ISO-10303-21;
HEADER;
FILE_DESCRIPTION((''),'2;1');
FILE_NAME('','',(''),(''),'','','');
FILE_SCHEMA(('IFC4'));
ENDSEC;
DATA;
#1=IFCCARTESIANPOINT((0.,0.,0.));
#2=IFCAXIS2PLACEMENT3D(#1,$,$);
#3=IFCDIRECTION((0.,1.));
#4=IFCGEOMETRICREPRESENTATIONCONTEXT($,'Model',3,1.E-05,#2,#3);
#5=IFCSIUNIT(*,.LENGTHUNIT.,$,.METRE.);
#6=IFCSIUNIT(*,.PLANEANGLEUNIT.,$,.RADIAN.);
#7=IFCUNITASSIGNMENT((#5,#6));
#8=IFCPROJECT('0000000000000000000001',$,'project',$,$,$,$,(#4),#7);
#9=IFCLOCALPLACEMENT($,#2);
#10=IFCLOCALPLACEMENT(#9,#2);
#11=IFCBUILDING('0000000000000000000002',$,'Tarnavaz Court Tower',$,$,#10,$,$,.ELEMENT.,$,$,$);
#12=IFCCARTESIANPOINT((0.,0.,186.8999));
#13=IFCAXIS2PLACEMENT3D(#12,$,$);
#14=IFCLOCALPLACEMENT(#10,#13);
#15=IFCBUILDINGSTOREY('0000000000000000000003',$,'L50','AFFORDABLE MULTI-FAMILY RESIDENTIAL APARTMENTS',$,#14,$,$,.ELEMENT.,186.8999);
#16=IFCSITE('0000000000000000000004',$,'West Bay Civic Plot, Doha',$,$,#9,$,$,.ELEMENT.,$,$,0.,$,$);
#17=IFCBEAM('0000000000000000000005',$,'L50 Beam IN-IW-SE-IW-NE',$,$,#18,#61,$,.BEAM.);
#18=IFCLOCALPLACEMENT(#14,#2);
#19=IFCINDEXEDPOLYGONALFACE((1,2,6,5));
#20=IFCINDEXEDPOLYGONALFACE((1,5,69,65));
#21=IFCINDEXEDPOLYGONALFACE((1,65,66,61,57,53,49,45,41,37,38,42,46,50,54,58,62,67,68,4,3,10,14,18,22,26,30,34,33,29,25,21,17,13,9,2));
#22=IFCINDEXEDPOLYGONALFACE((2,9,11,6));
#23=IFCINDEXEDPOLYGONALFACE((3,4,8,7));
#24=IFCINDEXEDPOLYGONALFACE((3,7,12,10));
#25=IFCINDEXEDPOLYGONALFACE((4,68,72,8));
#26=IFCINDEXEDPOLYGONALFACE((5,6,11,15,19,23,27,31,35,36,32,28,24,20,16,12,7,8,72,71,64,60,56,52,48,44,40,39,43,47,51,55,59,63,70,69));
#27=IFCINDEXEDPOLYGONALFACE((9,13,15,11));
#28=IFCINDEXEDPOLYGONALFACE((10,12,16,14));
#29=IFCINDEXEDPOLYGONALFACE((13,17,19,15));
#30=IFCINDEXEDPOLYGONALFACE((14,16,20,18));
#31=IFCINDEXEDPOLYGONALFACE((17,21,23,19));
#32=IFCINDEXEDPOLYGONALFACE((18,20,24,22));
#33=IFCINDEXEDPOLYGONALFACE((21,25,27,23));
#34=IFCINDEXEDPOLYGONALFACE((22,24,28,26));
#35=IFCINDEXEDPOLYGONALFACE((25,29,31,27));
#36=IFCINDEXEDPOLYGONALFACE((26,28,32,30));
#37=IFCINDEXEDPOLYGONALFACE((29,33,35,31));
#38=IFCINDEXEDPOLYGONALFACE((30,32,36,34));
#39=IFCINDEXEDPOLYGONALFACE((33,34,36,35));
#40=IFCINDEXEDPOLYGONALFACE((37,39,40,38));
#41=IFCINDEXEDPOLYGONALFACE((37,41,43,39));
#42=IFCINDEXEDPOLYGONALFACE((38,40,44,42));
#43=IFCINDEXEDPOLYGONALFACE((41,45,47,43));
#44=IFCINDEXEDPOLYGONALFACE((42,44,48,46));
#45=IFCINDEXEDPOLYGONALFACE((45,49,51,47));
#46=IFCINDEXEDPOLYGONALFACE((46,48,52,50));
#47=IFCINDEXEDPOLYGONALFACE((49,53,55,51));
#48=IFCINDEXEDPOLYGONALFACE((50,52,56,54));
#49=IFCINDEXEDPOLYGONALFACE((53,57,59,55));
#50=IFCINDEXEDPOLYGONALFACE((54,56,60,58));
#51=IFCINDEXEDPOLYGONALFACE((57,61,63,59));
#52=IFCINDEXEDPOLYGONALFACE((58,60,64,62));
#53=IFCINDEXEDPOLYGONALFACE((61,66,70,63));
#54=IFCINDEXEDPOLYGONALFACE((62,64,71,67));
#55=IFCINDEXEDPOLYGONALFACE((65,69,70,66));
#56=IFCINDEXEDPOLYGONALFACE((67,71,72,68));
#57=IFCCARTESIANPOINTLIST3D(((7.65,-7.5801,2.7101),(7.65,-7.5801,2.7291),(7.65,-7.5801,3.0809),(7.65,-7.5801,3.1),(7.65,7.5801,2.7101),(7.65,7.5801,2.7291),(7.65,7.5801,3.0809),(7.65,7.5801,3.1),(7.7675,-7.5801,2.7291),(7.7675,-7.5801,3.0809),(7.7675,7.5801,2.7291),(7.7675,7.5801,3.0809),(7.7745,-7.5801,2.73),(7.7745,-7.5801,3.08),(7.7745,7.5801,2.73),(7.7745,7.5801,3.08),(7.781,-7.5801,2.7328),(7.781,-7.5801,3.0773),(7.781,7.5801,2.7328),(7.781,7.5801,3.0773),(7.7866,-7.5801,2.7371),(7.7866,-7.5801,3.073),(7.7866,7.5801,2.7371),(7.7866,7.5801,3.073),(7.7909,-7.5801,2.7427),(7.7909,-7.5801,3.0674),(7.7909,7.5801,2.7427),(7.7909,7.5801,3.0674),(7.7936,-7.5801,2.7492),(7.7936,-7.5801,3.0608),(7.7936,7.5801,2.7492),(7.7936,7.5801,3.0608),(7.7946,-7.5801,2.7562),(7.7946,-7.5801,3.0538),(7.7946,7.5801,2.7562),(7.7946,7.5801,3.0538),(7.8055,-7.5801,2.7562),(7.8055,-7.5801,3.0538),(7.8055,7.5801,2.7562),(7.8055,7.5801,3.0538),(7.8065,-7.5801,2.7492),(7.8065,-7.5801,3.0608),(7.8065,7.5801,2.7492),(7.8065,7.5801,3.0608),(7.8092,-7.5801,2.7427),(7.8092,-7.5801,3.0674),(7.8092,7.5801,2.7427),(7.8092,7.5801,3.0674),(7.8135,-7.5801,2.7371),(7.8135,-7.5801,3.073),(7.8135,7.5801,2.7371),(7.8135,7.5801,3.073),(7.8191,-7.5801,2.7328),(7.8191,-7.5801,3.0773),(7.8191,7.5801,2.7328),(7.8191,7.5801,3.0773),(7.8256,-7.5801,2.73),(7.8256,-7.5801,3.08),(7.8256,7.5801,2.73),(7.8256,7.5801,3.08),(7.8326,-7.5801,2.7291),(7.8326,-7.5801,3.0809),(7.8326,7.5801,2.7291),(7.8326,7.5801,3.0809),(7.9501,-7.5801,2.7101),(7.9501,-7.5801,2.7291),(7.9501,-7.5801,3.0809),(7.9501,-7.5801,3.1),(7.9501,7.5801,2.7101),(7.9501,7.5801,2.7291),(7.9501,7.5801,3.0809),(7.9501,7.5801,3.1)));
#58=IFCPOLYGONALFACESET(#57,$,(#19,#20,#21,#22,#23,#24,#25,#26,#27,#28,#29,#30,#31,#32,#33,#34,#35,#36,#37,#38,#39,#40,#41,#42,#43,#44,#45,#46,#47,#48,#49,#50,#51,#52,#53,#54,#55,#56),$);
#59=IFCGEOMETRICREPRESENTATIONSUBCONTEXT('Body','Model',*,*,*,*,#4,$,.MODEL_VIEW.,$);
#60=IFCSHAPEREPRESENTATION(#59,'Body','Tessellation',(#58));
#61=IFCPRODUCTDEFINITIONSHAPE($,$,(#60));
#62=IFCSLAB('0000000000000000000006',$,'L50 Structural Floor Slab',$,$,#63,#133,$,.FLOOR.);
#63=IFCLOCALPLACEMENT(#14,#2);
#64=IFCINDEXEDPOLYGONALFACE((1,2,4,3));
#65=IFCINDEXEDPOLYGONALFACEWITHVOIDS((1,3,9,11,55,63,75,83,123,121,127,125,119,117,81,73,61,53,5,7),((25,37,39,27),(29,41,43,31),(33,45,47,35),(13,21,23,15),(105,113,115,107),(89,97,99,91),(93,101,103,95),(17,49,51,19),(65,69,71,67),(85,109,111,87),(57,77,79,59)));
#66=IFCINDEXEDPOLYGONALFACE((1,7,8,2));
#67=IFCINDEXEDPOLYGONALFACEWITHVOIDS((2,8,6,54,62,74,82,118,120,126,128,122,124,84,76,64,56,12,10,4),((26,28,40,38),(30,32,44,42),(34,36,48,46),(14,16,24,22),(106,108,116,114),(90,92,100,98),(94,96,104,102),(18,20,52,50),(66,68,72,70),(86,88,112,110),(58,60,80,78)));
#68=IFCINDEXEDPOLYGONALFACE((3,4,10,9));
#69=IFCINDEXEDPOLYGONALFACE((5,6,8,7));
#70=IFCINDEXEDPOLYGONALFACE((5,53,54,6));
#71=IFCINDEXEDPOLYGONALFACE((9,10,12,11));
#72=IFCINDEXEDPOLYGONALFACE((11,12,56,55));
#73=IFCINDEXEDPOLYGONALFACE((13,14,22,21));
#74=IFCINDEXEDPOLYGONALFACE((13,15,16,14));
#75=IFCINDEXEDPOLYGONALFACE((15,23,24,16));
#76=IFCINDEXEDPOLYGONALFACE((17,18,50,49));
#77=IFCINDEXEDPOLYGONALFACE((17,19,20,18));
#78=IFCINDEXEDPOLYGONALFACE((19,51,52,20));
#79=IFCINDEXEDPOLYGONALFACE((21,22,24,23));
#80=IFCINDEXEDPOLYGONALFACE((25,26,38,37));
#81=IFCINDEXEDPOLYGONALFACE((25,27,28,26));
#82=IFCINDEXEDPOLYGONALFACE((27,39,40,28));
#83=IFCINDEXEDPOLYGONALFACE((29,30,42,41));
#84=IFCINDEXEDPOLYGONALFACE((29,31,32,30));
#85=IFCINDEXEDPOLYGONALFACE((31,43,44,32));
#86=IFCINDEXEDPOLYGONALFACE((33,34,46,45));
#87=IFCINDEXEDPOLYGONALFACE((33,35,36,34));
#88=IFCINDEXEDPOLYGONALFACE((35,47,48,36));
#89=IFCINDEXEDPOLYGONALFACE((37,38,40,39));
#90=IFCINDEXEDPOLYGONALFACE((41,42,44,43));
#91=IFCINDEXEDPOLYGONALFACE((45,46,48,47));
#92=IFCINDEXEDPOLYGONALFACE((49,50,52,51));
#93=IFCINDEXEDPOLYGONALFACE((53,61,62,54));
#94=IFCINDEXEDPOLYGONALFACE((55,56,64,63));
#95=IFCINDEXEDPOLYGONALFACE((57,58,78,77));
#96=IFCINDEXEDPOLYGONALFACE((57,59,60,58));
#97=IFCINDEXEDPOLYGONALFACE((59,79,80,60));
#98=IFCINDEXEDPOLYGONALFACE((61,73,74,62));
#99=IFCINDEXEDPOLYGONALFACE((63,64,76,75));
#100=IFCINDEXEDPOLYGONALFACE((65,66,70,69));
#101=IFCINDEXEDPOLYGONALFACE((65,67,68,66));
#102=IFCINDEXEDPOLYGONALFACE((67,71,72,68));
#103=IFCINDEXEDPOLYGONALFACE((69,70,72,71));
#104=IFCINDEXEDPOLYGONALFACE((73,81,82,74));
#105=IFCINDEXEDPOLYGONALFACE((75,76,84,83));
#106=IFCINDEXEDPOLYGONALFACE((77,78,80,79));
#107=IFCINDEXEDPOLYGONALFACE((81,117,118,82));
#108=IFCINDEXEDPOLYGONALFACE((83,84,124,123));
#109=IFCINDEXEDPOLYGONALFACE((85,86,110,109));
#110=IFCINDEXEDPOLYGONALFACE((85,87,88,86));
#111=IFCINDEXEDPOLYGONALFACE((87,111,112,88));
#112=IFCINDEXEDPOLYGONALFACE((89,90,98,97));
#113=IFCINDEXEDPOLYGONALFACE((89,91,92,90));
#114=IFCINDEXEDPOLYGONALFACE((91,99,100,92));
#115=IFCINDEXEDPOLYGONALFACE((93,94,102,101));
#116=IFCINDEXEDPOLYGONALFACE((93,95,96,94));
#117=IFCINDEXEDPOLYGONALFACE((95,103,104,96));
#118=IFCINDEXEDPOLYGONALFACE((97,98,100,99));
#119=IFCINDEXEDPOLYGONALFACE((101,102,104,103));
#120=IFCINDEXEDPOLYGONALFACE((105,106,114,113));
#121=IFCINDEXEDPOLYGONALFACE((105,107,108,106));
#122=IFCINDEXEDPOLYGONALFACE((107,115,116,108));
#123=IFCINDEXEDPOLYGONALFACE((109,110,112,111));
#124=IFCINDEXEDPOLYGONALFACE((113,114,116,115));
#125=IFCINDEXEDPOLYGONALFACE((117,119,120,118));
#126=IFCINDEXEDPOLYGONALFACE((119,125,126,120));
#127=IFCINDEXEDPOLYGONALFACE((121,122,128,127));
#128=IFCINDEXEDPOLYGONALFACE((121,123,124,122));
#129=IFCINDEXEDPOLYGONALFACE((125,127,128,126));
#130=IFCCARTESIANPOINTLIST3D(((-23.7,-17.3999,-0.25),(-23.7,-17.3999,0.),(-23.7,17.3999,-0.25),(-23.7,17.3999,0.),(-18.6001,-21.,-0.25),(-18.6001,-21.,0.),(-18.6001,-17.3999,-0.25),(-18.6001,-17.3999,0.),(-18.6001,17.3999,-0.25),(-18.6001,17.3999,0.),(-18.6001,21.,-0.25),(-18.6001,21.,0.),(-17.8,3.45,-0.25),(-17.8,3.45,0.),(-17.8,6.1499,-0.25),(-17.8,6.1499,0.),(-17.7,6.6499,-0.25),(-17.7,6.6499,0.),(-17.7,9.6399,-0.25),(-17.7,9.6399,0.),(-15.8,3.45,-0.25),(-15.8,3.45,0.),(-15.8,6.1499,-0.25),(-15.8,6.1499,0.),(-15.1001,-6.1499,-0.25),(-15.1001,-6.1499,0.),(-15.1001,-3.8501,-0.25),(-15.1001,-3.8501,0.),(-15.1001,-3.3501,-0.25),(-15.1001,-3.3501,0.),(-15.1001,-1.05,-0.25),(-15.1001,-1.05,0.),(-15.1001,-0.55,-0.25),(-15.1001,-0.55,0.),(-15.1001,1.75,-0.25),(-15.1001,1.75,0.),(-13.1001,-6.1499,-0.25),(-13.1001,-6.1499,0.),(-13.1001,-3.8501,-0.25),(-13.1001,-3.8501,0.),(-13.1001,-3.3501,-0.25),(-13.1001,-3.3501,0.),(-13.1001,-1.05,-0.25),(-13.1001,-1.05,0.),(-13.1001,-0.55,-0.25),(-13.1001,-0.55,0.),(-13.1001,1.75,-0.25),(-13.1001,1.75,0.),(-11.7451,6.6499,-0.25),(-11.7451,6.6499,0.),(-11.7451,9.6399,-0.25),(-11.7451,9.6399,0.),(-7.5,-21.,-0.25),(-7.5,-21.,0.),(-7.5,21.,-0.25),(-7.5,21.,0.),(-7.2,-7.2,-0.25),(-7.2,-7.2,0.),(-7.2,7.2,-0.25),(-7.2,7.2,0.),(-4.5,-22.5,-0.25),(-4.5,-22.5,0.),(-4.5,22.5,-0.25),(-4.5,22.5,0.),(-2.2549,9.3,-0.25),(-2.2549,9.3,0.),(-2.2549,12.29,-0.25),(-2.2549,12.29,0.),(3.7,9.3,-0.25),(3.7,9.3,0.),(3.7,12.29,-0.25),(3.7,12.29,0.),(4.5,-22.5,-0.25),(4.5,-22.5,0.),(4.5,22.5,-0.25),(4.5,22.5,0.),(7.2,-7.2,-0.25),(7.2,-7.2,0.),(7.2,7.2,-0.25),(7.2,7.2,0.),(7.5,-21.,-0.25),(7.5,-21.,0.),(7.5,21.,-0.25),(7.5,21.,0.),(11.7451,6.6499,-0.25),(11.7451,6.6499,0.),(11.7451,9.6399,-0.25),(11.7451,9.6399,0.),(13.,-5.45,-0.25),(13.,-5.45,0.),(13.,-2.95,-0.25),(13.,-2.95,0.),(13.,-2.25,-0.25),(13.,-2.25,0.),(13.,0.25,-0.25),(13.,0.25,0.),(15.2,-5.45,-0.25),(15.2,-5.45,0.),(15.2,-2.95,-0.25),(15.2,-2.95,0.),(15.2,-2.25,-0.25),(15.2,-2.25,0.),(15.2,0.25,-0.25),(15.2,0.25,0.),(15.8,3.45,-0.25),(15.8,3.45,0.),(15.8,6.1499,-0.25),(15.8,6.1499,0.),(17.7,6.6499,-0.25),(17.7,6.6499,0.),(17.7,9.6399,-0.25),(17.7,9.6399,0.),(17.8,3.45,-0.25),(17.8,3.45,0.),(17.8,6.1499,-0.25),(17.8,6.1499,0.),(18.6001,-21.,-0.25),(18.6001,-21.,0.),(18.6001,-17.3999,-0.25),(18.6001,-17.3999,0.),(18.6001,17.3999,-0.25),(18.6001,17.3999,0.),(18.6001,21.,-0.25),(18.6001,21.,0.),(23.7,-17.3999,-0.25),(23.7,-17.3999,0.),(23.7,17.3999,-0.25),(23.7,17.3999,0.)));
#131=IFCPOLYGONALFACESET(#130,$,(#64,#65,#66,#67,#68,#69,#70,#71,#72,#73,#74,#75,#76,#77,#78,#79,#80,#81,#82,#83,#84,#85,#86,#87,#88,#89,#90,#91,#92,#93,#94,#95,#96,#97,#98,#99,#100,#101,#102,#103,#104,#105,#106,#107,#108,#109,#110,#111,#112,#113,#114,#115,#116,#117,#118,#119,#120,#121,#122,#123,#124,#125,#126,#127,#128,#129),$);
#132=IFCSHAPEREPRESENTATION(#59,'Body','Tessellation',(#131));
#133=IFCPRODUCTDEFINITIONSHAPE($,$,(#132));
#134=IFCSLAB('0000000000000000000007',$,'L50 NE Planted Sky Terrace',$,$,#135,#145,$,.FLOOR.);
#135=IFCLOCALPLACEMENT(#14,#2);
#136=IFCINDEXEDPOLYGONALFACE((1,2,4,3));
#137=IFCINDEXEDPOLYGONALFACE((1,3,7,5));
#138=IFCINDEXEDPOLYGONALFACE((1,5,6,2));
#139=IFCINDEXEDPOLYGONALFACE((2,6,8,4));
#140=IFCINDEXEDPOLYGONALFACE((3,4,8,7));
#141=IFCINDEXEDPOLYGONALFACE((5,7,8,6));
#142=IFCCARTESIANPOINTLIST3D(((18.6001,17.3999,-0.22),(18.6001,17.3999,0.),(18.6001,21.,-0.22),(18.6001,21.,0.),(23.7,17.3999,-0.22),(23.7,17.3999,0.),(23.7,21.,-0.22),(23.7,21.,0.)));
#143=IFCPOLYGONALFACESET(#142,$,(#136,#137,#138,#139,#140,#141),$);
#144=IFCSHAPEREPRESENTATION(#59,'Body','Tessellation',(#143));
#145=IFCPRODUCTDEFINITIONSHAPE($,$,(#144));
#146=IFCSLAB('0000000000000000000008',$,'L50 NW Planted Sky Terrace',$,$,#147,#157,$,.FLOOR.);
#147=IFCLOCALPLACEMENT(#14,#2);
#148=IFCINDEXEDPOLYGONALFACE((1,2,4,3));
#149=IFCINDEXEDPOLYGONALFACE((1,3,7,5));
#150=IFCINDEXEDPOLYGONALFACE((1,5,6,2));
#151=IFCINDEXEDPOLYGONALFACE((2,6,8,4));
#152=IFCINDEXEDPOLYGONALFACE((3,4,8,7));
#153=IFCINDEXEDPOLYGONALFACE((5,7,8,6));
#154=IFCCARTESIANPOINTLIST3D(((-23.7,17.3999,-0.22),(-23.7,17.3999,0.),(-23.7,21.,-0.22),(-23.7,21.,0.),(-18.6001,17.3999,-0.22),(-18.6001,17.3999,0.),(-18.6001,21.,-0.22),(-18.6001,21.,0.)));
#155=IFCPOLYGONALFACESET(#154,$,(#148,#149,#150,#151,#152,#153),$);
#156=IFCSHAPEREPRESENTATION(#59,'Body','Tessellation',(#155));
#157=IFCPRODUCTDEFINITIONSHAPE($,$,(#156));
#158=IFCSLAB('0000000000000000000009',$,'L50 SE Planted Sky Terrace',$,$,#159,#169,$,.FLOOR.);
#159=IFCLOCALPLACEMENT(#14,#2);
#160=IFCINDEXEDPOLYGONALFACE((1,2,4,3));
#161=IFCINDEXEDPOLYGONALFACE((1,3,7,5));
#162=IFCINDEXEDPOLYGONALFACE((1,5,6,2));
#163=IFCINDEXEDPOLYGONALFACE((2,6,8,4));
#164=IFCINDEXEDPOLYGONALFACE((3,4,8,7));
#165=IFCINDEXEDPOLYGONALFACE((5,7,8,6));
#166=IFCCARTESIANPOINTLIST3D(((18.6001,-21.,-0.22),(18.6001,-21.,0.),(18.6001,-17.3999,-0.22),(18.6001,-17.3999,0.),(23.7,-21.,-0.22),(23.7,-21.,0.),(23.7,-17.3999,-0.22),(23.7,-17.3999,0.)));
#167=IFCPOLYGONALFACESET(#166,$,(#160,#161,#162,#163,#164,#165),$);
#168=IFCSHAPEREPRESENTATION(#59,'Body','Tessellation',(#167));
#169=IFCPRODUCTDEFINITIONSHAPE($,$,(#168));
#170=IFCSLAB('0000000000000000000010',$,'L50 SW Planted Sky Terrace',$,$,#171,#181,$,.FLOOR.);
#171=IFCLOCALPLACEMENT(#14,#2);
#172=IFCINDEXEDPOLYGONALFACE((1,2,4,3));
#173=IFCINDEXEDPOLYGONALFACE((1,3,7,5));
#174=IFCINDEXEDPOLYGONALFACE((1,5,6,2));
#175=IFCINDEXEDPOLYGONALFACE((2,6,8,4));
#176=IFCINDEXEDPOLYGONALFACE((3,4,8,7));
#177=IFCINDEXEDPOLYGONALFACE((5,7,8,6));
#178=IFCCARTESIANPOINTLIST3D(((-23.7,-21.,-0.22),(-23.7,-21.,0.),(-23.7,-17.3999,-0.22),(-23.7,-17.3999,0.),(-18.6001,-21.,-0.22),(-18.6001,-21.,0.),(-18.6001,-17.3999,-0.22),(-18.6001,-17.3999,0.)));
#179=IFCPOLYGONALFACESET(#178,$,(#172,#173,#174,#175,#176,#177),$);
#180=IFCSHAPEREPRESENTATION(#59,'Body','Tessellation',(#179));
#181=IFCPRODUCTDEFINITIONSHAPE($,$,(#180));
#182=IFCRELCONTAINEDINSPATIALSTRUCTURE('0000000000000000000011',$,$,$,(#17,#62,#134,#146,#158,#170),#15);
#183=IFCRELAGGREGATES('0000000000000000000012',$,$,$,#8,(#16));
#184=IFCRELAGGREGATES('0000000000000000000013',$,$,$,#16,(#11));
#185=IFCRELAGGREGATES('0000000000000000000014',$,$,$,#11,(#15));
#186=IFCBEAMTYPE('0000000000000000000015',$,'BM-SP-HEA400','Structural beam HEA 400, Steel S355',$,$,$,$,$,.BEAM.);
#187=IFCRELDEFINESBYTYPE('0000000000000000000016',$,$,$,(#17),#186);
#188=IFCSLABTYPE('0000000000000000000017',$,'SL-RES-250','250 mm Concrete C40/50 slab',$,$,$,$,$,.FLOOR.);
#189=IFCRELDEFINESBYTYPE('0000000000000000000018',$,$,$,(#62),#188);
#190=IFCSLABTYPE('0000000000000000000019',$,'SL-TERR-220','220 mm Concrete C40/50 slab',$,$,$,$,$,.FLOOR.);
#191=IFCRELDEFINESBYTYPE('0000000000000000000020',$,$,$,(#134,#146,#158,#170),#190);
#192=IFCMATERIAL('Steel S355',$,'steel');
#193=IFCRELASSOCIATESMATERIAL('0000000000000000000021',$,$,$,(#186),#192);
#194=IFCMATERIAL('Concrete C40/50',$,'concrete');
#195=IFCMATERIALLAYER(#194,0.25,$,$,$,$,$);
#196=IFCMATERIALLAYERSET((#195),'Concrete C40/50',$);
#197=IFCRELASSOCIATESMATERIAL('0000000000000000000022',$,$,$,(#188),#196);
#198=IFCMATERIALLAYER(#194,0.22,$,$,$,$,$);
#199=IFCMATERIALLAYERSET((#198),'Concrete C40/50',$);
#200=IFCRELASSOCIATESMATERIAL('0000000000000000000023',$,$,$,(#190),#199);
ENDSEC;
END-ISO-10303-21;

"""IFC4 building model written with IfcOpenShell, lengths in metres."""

from ifc_helpers import new_model, si_unit, direction, frame, origin, origin_2d, place, context, subcontext, project, spatial, polyline, i_section, outline, extrude, material, layer, layer_set, material_profile, profile_set, type_object, element, save


model = new_model("IFC4")

# Units and contexts
model_context = context("Model", 3, precision=1e-05, world=origin(), true_north=direction((0.0, 1.0)))
body_context = subcontext(model_context, "Body", "Model", "MODEL_VIEW")
ifc_project = project(units=[si_unit("LENGTHUNIT", "METRE"), si_unit("PLANEANGLEUNIT", "RADIAN")], contexts=[model_context])

# Site, building, storey
site_placement = place(None, origin())
site = spatial("IfcSite", under=ifc_project, at=site_placement, Name="West Bay Civic Plot, Doha", CompositionType="ELEMENT", RefElevation=0.0)
building_placement = place(site_placement, origin())
building = spatial("IfcBuilding", under=site, at=building_placement, Name="Tarnavaz Court Tower", CompositionType="ELEMENT")
storey_placement = place(building_placement, frame((0.0, 0.0, 186.8999)))
storey = spatial("IfcBuildingStorey", under=building, at=storey_placement, Name="L50", Description="AFFORDABLE MULTI-FAMILY RESIDENTIAL APARTMENTS", CompositionType="ELEMENT", Elevation=186.8999)

# Beam
ifc_material_1 = material(Name="Steel S355", Category="steel")
ifc_material_profile_1 = material_profile(ifc_material_1, i_section(OverallWidth=0.3, OverallDepth=0.3899, WebThickness=0.011, FlangeThickness=0.019, FilletRadius=0.0271, at=origin_2d()), Name="HEA 400")
ifc_profile_set_1 = profile_set([ifc_material_profile_1], Name="Steel S355")
beam_type_1 = type_object("IfcBeamType", Name="BM-SP-HEA400", Description="Structural beam HEA 400, Steel S355", PredefinedType="BEAM", material=ifc_profile_set_1)
beam_1_placement = place(storey_placement, frame((7.8, -7.5801, 2.905), z_axis=(0.0, 1.0, 0.0), x_axis=(-1.0, 0.0, 0.0)))
element("IfcBeam", 1, at=beam_1_placement, inside=storey, type_object=beam_type_1, Name="L50 Beam IN-IW-SE-IW-NE", PredefinedType="BEAM", context=body_context, shape_type="SweptSolid", body=[
    extrude(i_section(OverallWidth=0.3, OverallDepth=0.3899, WebThickness=0.011, FlangeThickness=0.019, FilletRadius=0.0271, at=origin_2d()), origin(), (0.0, 0.0, 1.0), 15.1602),
])

# Slabs
ifc_material_2 = material(Name="Concrete C40/50", Category="concrete")
ifc_layer_1 = layer(ifc_material_2, 0.25)
ifc_layer_set_1 = layer_set([ifc_layer_1], Name="Concrete C40/50")
slab_type_1 = type_object("IfcSlabType", Name="SL-RES-250", Description="250 mm Concrete C40/50 slab", PredefinedType="FLOOR", material=ifc_layer_set_1)
slab_1_placement = place(storey_placement, frame((0.0, 0.0, -0.25)))
element("IfcSlab", 2, at=slab_1_placement, inside=storey, type_object=slab_type_1, Name="L50 Structural Floor Slab", PredefinedType="FLOOR", context=body_context, shape_type="SweptSolid", body=[
    extrude(outline(polyline([(-18.6001, -21.0), (-7.5, -21.0), (-4.5, -22.5), (4.5, -22.5), (7.5, -21.0), (18.6001, -21.0), (18.6001, -17.3999), (23.7, -17.3999), (23.7, 17.3999), (18.6001, 17.3999), (18.6001, 21.0), (7.5, 21.0), (4.5, 22.5), (-4.5, 22.5), (-7.5, 21.0), (-18.6001, 21.0), (-18.6001, 17.3999), (-23.7, 17.3999), (-23.7, -17.3999), (-18.6001, -17.3999), (-18.6001, -21.0)]), holes=[polyline([(-7.2, -7.2), (7.2, -7.2), (7.2, 7.2), (-7.2, 7.2), (-7.2, -7.2)]), polyline([(-11.7451, 9.6399), (-17.7, 9.6399), (-17.7, 6.6499), (-11.7451, 6.6499), (-11.7451, 9.6399)]), polyline([(11.7451, 6.6499), (17.7, 6.6499), (17.7, 9.6399), (11.7451, 9.6399), (11.7451, 6.6499)]), polyline([(-2.2549, 9.3), (3.7, 9.3), (3.7, 12.29), (-2.2549, 12.29), (-2.2549, 9.3)]), polyline([(-17.8, 3.45), (-15.8, 3.45), (-15.8, 6.1499), (-17.8, 6.1499), (-17.8, 3.45)]), polyline([(-15.1001, -6.1499), (-13.1001, -6.1499), (-13.1001, -3.8501), (-15.1001, -3.8501), (-15.1001, -6.1499)]), polyline([(-15.1001, -3.3501), (-13.1001, -3.3501), (-13.1001, -1.05), (-15.1001, -1.05), (-15.1001, -3.3501)]), polyline([(-15.1001, -0.55), (-13.1001, -0.55), (-13.1001, 1.75), (-15.1001, 1.75), (-15.1001, -0.55)]), polyline([(15.8, 3.45), (17.8, 3.45), (17.8, 6.1499), (15.8, 6.1499), (15.8, 3.45)]), polyline([(13.0, -5.45), (15.2, -5.45), (15.2, -2.95), (13.0, -2.95), (13.0, -5.45)]), polyline([(13.0, -2.25), (15.2, -2.25), (15.2, 0.25), (13.0, 0.25), (13.0, -2.25)])]), origin(), (0.0, 0.0, 1.0), 0.25),
])
ifc_layer_2 = layer(ifc_material_2, 0.22)
ifc_layer_set_2 = layer_set([ifc_layer_2], Name="Concrete C40/50")
slab_type_2 = type_object("IfcSlabType", Name="SL-TERR-220", Description="220 mm Concrete C40/50 slab", PredefinedType="FLOOR", material=ifc_layer_set_2)
slab_2_placement = place(storey_placement, frame((0.0, 0.0, -0.22)))
element("IfcSlab", 3, at=slab_2_placement, inside=storey, type_object=slab_type_2, Name="L50 NE Planted Sky Terrace", PredefinedType="FLOOR", context=body_context, shape_type="SweptSolid", body=[
    extrude(outline(polyline([(18.6001, 17.3999), (23.7, 17.3999), (23.7, 21.0), (18.6001, 21.0), (18.6001, 17.3999)])), origin(), (0.0, 0.0, 1.0), 0.22),
])
slab_3_placement = place(storey_placement, frame((0.0, 0.0, -0.22)))
element("IfcSlab", 4, at=slab_3_placement, inside=storey, type_object=slab_type_2, Name="L50 NW Planted Sky Terrace", PredefinedType="FLOOR", context=body_context, shape_type="SweptSolid", body=[
    extrude(outline(polyline([(-23.7, 17.3999), (-18.6001, 17.3999), (-18.6001, 21.0), (-23.7, 21.0), (-23.7, 17.3999)])), origin(), (0.0, 0.0, 1.0), 0.22),
])
slab_4_placement = place(storey_placement, frame((0.0, 0.0, -0.22)))
element("IfcSlab", 5, at=slab_4_placement, inside=storey, type_object=slab_type_2, Name="L50 SE Planted Sky Terrace", PredefinedType="FLOOR", context=body_context, shape_type="SweptSolid", body=[
    extrude(outline(polyline([(18.6001, -21.0), (23.7, -21.0), (23.7, -17.3999), (18.6001, -17.3999), (18.6001, -21.0)])), origin(), (0.0, 0.0, 1.0), 0.22),
])
slab_5_placement = place(storey_placement, frame((0.0, 0.0, -0.22)))
element("IfcSlab", 6, at=slab_5_placement, inside=storey, type_object=slab_type_2, Name="L50 SW Planted Sky Terrace", PredefinedType="FLOOR", context=body_context, shape_type="SweptSolid", body=[
    extrude(outline(polyline([(-23.7, -21.0), (-18.6001, -21.0), (-18.6001, -17.3999), (-23.7, -17.3999), (-23.7, -21.0)])), origin(), (0.0, 0.0, 1.0), 0.22),
])

save(model, "model.ifc")
